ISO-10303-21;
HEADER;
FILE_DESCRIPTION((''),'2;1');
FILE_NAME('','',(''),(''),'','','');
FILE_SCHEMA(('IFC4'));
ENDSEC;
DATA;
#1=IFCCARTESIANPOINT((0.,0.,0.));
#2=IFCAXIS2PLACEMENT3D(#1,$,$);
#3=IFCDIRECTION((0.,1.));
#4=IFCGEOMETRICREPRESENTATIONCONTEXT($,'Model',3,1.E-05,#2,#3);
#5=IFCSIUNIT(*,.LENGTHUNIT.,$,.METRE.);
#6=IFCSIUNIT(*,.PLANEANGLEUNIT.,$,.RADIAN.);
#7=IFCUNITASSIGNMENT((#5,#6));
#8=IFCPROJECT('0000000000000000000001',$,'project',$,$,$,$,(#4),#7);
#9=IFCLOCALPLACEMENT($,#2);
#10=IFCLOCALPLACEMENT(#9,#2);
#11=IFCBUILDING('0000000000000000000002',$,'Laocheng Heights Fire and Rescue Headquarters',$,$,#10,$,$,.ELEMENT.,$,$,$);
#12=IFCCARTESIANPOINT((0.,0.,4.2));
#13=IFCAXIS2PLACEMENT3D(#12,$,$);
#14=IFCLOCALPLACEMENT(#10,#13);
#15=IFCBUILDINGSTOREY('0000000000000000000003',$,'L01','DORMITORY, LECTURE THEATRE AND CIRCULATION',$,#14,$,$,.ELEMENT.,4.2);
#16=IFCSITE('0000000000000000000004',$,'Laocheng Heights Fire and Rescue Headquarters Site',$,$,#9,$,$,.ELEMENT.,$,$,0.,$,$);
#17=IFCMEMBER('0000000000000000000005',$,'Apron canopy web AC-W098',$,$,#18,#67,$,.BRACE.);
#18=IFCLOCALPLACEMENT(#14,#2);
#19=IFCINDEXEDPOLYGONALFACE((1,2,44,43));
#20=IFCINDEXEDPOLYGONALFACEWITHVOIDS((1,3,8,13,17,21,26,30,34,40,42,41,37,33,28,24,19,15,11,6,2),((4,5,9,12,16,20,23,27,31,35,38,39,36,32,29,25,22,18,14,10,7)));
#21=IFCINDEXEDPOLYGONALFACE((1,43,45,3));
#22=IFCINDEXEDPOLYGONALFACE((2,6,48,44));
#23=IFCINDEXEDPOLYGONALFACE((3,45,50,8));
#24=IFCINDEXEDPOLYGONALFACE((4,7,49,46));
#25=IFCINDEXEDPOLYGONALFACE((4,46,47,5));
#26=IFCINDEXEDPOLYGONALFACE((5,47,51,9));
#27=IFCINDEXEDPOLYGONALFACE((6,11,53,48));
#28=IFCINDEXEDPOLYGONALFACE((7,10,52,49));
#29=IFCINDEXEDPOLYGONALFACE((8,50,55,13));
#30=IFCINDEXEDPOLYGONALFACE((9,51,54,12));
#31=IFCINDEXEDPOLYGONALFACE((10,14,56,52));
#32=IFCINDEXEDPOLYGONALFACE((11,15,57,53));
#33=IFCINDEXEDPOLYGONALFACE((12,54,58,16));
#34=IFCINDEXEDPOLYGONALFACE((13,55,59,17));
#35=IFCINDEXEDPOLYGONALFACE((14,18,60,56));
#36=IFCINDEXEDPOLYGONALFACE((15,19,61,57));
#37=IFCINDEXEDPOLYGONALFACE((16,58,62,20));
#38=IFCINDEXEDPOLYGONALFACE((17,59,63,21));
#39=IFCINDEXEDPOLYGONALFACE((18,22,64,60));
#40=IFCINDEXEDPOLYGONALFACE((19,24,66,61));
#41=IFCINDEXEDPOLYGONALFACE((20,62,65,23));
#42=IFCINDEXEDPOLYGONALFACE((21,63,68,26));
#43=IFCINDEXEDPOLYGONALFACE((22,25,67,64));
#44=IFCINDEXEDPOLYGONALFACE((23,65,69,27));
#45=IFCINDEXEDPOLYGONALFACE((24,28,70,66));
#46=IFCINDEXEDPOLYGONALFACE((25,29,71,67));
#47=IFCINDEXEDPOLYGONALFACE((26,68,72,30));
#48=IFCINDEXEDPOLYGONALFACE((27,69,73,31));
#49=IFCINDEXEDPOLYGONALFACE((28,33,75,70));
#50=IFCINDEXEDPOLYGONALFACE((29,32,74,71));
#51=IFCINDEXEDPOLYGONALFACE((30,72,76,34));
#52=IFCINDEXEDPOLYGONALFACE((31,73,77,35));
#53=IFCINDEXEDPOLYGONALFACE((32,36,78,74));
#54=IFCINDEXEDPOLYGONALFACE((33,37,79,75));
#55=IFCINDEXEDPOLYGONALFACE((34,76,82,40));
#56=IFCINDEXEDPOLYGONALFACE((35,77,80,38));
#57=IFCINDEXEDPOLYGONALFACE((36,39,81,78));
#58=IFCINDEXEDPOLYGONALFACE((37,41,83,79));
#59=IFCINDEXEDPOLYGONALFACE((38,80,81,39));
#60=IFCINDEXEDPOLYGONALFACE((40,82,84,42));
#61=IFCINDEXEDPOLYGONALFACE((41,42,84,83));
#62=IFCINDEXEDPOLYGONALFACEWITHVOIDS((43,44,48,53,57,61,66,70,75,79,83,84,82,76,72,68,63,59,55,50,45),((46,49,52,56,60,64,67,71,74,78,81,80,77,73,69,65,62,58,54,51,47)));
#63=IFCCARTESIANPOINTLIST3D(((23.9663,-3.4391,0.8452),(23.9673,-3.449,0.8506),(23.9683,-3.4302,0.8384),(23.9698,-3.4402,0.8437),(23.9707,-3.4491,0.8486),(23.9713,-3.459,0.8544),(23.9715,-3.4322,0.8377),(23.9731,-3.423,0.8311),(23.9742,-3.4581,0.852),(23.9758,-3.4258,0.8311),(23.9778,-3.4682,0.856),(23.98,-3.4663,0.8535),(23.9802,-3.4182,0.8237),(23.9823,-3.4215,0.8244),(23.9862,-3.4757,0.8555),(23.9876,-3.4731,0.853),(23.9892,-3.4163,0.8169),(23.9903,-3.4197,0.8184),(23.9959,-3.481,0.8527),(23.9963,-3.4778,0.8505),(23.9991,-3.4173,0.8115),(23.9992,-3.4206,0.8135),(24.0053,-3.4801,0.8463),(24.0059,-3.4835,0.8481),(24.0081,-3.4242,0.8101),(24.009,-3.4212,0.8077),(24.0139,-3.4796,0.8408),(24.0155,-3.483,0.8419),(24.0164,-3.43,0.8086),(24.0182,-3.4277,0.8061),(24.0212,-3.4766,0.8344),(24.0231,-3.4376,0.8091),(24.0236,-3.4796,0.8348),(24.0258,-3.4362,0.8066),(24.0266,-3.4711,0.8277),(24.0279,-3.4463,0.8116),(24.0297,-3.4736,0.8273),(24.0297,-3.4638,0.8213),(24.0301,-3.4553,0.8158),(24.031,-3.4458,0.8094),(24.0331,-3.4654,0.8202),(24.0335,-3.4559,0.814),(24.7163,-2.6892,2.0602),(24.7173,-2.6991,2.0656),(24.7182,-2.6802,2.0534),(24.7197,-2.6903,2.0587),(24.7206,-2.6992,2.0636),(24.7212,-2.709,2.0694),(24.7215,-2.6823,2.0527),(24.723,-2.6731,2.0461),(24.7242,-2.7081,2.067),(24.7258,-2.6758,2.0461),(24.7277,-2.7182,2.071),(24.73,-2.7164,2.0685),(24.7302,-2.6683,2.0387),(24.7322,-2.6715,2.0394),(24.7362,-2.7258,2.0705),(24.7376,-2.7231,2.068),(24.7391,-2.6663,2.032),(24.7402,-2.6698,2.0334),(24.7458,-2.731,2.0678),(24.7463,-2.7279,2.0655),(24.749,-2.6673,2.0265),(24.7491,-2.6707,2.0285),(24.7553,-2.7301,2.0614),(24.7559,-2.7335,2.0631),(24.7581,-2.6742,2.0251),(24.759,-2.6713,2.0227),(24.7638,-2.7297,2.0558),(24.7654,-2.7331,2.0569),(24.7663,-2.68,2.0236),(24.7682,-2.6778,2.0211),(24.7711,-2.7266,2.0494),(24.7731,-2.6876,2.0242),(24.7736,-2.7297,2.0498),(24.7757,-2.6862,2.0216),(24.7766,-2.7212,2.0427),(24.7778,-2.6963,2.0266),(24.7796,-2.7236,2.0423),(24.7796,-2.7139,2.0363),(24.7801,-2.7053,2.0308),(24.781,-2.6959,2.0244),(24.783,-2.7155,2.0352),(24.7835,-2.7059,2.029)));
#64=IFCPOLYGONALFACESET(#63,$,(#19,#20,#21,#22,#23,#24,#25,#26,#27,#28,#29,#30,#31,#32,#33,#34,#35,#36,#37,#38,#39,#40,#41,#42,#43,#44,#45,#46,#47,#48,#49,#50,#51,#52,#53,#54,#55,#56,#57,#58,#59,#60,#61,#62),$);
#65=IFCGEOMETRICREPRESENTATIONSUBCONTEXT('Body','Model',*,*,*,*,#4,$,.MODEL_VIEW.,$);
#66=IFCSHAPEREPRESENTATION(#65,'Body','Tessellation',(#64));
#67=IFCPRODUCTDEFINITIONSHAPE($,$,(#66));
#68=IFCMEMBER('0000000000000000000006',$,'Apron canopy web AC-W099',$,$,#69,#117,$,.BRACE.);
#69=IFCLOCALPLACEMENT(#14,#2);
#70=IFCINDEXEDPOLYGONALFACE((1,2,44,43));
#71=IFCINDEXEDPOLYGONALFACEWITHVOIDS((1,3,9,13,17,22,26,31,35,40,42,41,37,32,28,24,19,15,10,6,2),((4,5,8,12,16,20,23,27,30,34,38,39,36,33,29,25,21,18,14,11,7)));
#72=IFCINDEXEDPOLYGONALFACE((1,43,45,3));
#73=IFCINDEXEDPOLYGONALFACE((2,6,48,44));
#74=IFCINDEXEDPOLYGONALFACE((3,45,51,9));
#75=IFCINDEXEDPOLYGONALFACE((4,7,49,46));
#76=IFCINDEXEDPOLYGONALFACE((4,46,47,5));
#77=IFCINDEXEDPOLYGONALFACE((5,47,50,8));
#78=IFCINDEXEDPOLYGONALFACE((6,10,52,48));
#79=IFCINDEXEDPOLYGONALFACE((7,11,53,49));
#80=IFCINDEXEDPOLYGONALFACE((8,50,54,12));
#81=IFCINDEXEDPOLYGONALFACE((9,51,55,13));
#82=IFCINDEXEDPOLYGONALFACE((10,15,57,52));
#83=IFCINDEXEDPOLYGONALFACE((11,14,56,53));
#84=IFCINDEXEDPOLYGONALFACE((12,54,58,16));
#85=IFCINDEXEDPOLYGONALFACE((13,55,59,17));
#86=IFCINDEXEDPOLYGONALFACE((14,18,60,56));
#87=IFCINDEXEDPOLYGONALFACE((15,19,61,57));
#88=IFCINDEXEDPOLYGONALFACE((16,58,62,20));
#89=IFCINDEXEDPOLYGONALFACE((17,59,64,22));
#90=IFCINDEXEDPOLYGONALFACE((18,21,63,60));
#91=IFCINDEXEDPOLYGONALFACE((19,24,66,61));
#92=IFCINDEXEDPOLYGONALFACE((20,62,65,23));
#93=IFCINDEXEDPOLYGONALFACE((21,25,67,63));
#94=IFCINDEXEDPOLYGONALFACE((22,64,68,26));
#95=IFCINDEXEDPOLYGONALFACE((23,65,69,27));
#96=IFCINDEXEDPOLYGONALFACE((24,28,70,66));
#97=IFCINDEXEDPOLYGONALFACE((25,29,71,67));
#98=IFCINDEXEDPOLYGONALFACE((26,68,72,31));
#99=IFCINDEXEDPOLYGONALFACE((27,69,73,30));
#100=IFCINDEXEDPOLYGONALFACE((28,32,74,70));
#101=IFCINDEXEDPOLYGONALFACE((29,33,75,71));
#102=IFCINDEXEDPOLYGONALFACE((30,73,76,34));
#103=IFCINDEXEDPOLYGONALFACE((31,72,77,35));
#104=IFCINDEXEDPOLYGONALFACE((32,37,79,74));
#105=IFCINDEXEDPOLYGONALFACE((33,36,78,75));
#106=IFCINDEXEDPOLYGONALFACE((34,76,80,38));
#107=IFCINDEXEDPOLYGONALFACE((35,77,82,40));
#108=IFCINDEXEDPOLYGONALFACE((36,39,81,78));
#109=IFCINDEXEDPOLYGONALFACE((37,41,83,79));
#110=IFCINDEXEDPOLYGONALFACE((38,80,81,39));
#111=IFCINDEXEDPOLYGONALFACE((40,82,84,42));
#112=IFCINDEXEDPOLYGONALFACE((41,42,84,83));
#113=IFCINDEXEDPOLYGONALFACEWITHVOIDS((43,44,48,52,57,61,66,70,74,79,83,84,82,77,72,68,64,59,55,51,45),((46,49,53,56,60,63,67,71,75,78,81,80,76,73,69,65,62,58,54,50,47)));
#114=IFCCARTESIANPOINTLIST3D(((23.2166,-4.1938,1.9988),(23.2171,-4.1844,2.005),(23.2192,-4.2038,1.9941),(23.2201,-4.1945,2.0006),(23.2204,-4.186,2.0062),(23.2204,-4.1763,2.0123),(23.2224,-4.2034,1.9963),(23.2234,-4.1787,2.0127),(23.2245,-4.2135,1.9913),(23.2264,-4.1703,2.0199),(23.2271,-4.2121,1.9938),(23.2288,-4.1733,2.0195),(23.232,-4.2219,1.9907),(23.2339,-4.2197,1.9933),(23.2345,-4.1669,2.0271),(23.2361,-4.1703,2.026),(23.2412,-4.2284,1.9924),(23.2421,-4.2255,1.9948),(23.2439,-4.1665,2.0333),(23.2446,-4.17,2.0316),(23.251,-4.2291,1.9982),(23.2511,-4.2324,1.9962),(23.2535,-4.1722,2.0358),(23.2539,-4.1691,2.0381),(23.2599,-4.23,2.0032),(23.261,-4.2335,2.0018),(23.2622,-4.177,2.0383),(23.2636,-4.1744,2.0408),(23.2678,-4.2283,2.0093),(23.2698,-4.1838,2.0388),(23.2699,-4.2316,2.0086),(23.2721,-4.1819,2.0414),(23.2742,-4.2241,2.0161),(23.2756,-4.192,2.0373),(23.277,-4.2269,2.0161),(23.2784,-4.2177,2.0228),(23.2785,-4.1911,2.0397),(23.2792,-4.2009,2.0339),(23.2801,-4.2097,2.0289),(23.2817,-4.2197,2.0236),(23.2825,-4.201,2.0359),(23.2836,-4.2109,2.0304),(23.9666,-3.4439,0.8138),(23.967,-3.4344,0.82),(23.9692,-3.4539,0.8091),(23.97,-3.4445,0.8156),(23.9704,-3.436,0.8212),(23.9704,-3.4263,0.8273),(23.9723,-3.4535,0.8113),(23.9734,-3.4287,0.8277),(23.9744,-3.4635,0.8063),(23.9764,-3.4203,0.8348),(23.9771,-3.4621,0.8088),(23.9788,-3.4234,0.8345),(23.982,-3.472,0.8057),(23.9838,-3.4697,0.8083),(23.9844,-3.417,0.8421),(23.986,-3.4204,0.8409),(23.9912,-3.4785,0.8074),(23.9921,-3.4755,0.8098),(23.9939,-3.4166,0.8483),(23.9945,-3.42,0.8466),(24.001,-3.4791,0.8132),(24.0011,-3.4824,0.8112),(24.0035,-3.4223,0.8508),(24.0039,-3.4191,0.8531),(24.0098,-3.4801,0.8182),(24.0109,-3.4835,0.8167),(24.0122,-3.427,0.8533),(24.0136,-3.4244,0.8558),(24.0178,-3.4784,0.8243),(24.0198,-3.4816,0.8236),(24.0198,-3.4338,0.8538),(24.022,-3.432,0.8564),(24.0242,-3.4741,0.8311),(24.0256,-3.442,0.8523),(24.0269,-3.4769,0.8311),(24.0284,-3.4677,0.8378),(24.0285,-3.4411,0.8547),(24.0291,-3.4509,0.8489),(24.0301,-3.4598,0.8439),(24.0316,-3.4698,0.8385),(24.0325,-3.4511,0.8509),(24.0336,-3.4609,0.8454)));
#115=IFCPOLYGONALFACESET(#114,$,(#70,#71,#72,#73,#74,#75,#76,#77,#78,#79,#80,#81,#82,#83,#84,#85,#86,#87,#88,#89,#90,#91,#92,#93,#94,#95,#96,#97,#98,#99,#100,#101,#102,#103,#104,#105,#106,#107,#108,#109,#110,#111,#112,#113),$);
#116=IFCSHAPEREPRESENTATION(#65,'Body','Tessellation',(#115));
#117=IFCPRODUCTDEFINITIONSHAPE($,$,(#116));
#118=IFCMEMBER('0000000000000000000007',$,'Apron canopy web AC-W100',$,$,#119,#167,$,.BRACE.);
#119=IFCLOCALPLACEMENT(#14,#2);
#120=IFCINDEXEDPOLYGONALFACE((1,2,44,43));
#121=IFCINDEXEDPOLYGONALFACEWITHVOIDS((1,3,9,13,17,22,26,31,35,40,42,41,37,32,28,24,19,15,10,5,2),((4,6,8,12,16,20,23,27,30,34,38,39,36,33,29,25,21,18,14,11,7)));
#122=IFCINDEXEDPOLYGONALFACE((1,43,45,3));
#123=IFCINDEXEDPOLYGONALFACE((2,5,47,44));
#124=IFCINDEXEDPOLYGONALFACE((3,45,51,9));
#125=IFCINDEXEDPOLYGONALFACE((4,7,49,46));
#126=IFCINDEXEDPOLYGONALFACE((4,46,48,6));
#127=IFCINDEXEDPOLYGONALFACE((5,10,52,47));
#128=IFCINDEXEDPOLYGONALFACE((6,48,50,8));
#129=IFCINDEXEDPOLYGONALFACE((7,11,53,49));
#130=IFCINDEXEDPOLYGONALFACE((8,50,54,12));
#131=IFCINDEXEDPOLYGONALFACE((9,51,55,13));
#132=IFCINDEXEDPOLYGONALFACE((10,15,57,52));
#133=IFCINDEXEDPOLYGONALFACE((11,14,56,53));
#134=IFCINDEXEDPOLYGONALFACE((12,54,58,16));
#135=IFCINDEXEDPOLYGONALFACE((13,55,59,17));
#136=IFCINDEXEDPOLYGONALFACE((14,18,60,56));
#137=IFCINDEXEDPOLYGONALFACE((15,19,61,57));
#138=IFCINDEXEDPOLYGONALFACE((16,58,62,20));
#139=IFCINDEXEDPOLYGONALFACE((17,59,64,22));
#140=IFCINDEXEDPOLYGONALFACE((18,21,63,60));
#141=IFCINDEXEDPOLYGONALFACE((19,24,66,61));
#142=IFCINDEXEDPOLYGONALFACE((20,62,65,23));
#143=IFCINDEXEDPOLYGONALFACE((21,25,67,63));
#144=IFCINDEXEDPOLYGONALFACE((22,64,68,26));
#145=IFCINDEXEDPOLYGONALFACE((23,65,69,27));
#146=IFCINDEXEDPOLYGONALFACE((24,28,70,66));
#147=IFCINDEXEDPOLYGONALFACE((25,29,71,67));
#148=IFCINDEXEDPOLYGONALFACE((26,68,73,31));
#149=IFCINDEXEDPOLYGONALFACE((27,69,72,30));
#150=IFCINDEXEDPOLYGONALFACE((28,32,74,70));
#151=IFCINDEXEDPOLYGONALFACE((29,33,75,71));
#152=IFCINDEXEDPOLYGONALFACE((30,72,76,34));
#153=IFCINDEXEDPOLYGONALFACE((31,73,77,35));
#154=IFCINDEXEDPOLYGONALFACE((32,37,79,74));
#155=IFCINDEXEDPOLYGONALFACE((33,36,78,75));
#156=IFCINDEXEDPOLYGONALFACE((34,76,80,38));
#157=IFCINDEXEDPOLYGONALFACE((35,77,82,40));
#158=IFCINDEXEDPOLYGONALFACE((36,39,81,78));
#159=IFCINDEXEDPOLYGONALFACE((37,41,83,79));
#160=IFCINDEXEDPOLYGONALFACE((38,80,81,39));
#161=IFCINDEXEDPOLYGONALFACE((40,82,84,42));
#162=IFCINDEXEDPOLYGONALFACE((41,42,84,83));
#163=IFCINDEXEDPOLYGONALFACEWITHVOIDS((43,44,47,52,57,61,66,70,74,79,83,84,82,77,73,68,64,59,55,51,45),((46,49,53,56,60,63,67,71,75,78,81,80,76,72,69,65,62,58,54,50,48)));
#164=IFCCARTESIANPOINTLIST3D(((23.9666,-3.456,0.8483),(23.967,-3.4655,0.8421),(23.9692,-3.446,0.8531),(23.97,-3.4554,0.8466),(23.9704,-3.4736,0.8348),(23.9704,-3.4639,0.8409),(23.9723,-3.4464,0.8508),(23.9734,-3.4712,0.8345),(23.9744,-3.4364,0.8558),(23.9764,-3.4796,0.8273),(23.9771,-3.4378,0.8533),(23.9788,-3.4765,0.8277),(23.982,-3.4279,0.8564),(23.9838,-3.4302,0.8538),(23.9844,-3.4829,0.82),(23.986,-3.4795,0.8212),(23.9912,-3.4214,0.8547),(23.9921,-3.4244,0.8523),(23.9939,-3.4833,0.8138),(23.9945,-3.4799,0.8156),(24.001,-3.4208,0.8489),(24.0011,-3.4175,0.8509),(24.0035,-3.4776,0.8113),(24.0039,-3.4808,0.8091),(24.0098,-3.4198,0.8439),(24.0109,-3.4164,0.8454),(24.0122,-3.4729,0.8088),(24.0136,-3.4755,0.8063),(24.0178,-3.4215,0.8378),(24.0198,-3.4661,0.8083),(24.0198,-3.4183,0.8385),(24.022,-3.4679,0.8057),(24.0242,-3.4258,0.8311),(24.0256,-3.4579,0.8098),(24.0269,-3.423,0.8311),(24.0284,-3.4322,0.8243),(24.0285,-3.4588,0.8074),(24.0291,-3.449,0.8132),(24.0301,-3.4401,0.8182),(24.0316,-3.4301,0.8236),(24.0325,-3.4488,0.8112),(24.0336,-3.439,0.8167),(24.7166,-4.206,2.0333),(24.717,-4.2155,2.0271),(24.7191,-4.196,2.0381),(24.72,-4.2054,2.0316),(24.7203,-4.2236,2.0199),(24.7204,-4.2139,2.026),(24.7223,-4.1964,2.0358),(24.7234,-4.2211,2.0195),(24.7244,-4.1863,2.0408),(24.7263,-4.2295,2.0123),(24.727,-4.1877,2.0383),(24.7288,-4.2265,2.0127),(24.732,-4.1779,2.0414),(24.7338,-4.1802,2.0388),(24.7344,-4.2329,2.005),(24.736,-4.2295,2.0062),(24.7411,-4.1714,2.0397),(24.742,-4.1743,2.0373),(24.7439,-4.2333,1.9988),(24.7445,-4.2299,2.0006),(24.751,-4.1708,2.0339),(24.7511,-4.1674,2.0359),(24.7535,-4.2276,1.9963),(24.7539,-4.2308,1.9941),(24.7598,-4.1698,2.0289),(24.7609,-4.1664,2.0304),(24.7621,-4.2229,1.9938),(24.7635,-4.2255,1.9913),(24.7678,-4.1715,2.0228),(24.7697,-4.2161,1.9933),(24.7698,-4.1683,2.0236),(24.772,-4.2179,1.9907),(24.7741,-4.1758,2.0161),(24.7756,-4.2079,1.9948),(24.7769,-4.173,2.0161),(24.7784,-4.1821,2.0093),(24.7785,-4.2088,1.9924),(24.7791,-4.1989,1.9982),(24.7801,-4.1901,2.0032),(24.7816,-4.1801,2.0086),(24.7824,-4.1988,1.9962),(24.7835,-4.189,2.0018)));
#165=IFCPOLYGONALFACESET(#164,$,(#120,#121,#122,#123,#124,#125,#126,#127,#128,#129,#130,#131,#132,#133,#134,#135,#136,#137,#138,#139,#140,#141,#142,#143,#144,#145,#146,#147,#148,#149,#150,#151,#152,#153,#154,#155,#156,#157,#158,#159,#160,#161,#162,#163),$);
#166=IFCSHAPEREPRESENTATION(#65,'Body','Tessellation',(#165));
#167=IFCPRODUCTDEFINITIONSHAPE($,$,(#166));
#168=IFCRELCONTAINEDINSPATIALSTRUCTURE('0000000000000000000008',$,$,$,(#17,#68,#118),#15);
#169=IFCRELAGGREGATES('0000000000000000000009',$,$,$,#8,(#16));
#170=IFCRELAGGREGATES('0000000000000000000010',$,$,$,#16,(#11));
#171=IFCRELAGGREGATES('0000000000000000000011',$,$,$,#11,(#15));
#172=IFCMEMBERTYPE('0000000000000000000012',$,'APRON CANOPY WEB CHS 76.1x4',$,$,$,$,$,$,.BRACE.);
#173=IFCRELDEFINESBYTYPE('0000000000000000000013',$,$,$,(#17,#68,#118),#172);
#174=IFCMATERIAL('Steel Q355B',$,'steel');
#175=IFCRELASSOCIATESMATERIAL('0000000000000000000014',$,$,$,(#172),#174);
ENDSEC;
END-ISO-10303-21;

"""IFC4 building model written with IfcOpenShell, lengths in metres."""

from ifc_helpers import new_model, si_unit, direction, frame, origin, origin_2d, place, context, subcontext, project, spatial, hollow_circle, extrude, material, material_profile, profile_set, type_object, element, save


model = new_model("IFC4")

# Units and contexts
model_context = context("Model", 3, precision=1e-05, world=origin(), true_north=direction((0.0, 1.0)))
body_context = subcontext(model_context, "Body", "Model", "MODEL_VIEW")
ifc_project = project(units=[si_unit("LENGTHUNIT", "METRE"), si_unit("PLANEANGLEUNIT", "RADIAN")], contexts=[model_context])

# Site, building, storey
site_placement = place(None, origin())
site = spatial("IfcSite", under=ifc_project, at=site_placement, Name="Laocheng Heights Fire and Rescue Headquarters Site", CompositionType="ELEMENT", RefElevation=0.0)
building_placement = place(site_placement, origin())
building = spatial("IfcBuilding", under=site, at=building_placement, Name="Laocheng Heights Fire and Rescue Headquarters", CompositionType="ELEMENT")
storey_placement = place(building_placement, frame((0.0, 0.0, 4.2)))
storey = spatial("IfcBuildingStorey", under=building, at=storey_placement, Name="L01", Description="DORMITORY, LECTURE THEATRE AND CIRCULATION", CompositionType="ELEMENT", Elevation=4.2)

# Members
ifc_material_1 = material(Name="Steel Q355B", Category="steel")
ifc_material_profile_1 = material_profile(ifc_material_1, hollow_circle(Radius=0.0381, WallThickness=0.0039, at=origin_2d()), Name="CHS 76.1x4")
ifc_profile_set_1 = profile_set([ifc_material_profile_1], Name="Steel Q355B")
member_type_1 = type_object("IfcMemberType", Name="APRON CANOPY WEB CHS 76.1x4", PredefinedType="BRACE", material=ifc_profile_set_1)
for number, where, z_axis, x_axis, name in (
    (1, (24.0, -3.45, 0.8311), (0.465002, 0.465002, 0.753357), (-0.707107, 0.707107, 0.0), "Apron canopy web AC-W098"),
):
    element("IfcMember", number, at=place(storey_placement, frame(where, z_axis=z_axis, x_axis=x_axis)), inside=storey, type_object=member_type_1, Name=name, PredefinedType="BRACE", context=body_context, shape_type="SweptSolid", body=[
        extrude(hollow_circle(Radius=0.0381, WallThickness=0.0039, at=origin_2d()), origin(), (0.0, 0.0, 1.0), 1.6128),
    ])
for number, where, z_axis, x_axis, name in (
    (2, (24.0, -3.45, 0.8311), (-0.47158, -0.47158, 0.745134), (0.707107, -0.707107, 0.0), "Apron canopy web AC-W099"),
    (3, (24.0, -3.45, 0.8311), (0.47158, -0.47158, 0.745134), (0.707107, 0.707107, 0.0), "Apron canopy web AC-W100"),
):
    element("IfcMember", number, at=place(storey_placement, frame(where, z_axis=z_axis, x_axis=x_axis)), inside=storey, type_object=member_type_1, Name=name, PredefinedType="BRACE", context=body_context, shape_type="SweptSolid", body=[
        extrude(hollow_circle(Radius=0.0381, WallThickness=0.0039, at=origin_2d()), origin(), (0.0, 0.0, 1.0), 1.5903),
    ])

save(model, "model.ifc")
